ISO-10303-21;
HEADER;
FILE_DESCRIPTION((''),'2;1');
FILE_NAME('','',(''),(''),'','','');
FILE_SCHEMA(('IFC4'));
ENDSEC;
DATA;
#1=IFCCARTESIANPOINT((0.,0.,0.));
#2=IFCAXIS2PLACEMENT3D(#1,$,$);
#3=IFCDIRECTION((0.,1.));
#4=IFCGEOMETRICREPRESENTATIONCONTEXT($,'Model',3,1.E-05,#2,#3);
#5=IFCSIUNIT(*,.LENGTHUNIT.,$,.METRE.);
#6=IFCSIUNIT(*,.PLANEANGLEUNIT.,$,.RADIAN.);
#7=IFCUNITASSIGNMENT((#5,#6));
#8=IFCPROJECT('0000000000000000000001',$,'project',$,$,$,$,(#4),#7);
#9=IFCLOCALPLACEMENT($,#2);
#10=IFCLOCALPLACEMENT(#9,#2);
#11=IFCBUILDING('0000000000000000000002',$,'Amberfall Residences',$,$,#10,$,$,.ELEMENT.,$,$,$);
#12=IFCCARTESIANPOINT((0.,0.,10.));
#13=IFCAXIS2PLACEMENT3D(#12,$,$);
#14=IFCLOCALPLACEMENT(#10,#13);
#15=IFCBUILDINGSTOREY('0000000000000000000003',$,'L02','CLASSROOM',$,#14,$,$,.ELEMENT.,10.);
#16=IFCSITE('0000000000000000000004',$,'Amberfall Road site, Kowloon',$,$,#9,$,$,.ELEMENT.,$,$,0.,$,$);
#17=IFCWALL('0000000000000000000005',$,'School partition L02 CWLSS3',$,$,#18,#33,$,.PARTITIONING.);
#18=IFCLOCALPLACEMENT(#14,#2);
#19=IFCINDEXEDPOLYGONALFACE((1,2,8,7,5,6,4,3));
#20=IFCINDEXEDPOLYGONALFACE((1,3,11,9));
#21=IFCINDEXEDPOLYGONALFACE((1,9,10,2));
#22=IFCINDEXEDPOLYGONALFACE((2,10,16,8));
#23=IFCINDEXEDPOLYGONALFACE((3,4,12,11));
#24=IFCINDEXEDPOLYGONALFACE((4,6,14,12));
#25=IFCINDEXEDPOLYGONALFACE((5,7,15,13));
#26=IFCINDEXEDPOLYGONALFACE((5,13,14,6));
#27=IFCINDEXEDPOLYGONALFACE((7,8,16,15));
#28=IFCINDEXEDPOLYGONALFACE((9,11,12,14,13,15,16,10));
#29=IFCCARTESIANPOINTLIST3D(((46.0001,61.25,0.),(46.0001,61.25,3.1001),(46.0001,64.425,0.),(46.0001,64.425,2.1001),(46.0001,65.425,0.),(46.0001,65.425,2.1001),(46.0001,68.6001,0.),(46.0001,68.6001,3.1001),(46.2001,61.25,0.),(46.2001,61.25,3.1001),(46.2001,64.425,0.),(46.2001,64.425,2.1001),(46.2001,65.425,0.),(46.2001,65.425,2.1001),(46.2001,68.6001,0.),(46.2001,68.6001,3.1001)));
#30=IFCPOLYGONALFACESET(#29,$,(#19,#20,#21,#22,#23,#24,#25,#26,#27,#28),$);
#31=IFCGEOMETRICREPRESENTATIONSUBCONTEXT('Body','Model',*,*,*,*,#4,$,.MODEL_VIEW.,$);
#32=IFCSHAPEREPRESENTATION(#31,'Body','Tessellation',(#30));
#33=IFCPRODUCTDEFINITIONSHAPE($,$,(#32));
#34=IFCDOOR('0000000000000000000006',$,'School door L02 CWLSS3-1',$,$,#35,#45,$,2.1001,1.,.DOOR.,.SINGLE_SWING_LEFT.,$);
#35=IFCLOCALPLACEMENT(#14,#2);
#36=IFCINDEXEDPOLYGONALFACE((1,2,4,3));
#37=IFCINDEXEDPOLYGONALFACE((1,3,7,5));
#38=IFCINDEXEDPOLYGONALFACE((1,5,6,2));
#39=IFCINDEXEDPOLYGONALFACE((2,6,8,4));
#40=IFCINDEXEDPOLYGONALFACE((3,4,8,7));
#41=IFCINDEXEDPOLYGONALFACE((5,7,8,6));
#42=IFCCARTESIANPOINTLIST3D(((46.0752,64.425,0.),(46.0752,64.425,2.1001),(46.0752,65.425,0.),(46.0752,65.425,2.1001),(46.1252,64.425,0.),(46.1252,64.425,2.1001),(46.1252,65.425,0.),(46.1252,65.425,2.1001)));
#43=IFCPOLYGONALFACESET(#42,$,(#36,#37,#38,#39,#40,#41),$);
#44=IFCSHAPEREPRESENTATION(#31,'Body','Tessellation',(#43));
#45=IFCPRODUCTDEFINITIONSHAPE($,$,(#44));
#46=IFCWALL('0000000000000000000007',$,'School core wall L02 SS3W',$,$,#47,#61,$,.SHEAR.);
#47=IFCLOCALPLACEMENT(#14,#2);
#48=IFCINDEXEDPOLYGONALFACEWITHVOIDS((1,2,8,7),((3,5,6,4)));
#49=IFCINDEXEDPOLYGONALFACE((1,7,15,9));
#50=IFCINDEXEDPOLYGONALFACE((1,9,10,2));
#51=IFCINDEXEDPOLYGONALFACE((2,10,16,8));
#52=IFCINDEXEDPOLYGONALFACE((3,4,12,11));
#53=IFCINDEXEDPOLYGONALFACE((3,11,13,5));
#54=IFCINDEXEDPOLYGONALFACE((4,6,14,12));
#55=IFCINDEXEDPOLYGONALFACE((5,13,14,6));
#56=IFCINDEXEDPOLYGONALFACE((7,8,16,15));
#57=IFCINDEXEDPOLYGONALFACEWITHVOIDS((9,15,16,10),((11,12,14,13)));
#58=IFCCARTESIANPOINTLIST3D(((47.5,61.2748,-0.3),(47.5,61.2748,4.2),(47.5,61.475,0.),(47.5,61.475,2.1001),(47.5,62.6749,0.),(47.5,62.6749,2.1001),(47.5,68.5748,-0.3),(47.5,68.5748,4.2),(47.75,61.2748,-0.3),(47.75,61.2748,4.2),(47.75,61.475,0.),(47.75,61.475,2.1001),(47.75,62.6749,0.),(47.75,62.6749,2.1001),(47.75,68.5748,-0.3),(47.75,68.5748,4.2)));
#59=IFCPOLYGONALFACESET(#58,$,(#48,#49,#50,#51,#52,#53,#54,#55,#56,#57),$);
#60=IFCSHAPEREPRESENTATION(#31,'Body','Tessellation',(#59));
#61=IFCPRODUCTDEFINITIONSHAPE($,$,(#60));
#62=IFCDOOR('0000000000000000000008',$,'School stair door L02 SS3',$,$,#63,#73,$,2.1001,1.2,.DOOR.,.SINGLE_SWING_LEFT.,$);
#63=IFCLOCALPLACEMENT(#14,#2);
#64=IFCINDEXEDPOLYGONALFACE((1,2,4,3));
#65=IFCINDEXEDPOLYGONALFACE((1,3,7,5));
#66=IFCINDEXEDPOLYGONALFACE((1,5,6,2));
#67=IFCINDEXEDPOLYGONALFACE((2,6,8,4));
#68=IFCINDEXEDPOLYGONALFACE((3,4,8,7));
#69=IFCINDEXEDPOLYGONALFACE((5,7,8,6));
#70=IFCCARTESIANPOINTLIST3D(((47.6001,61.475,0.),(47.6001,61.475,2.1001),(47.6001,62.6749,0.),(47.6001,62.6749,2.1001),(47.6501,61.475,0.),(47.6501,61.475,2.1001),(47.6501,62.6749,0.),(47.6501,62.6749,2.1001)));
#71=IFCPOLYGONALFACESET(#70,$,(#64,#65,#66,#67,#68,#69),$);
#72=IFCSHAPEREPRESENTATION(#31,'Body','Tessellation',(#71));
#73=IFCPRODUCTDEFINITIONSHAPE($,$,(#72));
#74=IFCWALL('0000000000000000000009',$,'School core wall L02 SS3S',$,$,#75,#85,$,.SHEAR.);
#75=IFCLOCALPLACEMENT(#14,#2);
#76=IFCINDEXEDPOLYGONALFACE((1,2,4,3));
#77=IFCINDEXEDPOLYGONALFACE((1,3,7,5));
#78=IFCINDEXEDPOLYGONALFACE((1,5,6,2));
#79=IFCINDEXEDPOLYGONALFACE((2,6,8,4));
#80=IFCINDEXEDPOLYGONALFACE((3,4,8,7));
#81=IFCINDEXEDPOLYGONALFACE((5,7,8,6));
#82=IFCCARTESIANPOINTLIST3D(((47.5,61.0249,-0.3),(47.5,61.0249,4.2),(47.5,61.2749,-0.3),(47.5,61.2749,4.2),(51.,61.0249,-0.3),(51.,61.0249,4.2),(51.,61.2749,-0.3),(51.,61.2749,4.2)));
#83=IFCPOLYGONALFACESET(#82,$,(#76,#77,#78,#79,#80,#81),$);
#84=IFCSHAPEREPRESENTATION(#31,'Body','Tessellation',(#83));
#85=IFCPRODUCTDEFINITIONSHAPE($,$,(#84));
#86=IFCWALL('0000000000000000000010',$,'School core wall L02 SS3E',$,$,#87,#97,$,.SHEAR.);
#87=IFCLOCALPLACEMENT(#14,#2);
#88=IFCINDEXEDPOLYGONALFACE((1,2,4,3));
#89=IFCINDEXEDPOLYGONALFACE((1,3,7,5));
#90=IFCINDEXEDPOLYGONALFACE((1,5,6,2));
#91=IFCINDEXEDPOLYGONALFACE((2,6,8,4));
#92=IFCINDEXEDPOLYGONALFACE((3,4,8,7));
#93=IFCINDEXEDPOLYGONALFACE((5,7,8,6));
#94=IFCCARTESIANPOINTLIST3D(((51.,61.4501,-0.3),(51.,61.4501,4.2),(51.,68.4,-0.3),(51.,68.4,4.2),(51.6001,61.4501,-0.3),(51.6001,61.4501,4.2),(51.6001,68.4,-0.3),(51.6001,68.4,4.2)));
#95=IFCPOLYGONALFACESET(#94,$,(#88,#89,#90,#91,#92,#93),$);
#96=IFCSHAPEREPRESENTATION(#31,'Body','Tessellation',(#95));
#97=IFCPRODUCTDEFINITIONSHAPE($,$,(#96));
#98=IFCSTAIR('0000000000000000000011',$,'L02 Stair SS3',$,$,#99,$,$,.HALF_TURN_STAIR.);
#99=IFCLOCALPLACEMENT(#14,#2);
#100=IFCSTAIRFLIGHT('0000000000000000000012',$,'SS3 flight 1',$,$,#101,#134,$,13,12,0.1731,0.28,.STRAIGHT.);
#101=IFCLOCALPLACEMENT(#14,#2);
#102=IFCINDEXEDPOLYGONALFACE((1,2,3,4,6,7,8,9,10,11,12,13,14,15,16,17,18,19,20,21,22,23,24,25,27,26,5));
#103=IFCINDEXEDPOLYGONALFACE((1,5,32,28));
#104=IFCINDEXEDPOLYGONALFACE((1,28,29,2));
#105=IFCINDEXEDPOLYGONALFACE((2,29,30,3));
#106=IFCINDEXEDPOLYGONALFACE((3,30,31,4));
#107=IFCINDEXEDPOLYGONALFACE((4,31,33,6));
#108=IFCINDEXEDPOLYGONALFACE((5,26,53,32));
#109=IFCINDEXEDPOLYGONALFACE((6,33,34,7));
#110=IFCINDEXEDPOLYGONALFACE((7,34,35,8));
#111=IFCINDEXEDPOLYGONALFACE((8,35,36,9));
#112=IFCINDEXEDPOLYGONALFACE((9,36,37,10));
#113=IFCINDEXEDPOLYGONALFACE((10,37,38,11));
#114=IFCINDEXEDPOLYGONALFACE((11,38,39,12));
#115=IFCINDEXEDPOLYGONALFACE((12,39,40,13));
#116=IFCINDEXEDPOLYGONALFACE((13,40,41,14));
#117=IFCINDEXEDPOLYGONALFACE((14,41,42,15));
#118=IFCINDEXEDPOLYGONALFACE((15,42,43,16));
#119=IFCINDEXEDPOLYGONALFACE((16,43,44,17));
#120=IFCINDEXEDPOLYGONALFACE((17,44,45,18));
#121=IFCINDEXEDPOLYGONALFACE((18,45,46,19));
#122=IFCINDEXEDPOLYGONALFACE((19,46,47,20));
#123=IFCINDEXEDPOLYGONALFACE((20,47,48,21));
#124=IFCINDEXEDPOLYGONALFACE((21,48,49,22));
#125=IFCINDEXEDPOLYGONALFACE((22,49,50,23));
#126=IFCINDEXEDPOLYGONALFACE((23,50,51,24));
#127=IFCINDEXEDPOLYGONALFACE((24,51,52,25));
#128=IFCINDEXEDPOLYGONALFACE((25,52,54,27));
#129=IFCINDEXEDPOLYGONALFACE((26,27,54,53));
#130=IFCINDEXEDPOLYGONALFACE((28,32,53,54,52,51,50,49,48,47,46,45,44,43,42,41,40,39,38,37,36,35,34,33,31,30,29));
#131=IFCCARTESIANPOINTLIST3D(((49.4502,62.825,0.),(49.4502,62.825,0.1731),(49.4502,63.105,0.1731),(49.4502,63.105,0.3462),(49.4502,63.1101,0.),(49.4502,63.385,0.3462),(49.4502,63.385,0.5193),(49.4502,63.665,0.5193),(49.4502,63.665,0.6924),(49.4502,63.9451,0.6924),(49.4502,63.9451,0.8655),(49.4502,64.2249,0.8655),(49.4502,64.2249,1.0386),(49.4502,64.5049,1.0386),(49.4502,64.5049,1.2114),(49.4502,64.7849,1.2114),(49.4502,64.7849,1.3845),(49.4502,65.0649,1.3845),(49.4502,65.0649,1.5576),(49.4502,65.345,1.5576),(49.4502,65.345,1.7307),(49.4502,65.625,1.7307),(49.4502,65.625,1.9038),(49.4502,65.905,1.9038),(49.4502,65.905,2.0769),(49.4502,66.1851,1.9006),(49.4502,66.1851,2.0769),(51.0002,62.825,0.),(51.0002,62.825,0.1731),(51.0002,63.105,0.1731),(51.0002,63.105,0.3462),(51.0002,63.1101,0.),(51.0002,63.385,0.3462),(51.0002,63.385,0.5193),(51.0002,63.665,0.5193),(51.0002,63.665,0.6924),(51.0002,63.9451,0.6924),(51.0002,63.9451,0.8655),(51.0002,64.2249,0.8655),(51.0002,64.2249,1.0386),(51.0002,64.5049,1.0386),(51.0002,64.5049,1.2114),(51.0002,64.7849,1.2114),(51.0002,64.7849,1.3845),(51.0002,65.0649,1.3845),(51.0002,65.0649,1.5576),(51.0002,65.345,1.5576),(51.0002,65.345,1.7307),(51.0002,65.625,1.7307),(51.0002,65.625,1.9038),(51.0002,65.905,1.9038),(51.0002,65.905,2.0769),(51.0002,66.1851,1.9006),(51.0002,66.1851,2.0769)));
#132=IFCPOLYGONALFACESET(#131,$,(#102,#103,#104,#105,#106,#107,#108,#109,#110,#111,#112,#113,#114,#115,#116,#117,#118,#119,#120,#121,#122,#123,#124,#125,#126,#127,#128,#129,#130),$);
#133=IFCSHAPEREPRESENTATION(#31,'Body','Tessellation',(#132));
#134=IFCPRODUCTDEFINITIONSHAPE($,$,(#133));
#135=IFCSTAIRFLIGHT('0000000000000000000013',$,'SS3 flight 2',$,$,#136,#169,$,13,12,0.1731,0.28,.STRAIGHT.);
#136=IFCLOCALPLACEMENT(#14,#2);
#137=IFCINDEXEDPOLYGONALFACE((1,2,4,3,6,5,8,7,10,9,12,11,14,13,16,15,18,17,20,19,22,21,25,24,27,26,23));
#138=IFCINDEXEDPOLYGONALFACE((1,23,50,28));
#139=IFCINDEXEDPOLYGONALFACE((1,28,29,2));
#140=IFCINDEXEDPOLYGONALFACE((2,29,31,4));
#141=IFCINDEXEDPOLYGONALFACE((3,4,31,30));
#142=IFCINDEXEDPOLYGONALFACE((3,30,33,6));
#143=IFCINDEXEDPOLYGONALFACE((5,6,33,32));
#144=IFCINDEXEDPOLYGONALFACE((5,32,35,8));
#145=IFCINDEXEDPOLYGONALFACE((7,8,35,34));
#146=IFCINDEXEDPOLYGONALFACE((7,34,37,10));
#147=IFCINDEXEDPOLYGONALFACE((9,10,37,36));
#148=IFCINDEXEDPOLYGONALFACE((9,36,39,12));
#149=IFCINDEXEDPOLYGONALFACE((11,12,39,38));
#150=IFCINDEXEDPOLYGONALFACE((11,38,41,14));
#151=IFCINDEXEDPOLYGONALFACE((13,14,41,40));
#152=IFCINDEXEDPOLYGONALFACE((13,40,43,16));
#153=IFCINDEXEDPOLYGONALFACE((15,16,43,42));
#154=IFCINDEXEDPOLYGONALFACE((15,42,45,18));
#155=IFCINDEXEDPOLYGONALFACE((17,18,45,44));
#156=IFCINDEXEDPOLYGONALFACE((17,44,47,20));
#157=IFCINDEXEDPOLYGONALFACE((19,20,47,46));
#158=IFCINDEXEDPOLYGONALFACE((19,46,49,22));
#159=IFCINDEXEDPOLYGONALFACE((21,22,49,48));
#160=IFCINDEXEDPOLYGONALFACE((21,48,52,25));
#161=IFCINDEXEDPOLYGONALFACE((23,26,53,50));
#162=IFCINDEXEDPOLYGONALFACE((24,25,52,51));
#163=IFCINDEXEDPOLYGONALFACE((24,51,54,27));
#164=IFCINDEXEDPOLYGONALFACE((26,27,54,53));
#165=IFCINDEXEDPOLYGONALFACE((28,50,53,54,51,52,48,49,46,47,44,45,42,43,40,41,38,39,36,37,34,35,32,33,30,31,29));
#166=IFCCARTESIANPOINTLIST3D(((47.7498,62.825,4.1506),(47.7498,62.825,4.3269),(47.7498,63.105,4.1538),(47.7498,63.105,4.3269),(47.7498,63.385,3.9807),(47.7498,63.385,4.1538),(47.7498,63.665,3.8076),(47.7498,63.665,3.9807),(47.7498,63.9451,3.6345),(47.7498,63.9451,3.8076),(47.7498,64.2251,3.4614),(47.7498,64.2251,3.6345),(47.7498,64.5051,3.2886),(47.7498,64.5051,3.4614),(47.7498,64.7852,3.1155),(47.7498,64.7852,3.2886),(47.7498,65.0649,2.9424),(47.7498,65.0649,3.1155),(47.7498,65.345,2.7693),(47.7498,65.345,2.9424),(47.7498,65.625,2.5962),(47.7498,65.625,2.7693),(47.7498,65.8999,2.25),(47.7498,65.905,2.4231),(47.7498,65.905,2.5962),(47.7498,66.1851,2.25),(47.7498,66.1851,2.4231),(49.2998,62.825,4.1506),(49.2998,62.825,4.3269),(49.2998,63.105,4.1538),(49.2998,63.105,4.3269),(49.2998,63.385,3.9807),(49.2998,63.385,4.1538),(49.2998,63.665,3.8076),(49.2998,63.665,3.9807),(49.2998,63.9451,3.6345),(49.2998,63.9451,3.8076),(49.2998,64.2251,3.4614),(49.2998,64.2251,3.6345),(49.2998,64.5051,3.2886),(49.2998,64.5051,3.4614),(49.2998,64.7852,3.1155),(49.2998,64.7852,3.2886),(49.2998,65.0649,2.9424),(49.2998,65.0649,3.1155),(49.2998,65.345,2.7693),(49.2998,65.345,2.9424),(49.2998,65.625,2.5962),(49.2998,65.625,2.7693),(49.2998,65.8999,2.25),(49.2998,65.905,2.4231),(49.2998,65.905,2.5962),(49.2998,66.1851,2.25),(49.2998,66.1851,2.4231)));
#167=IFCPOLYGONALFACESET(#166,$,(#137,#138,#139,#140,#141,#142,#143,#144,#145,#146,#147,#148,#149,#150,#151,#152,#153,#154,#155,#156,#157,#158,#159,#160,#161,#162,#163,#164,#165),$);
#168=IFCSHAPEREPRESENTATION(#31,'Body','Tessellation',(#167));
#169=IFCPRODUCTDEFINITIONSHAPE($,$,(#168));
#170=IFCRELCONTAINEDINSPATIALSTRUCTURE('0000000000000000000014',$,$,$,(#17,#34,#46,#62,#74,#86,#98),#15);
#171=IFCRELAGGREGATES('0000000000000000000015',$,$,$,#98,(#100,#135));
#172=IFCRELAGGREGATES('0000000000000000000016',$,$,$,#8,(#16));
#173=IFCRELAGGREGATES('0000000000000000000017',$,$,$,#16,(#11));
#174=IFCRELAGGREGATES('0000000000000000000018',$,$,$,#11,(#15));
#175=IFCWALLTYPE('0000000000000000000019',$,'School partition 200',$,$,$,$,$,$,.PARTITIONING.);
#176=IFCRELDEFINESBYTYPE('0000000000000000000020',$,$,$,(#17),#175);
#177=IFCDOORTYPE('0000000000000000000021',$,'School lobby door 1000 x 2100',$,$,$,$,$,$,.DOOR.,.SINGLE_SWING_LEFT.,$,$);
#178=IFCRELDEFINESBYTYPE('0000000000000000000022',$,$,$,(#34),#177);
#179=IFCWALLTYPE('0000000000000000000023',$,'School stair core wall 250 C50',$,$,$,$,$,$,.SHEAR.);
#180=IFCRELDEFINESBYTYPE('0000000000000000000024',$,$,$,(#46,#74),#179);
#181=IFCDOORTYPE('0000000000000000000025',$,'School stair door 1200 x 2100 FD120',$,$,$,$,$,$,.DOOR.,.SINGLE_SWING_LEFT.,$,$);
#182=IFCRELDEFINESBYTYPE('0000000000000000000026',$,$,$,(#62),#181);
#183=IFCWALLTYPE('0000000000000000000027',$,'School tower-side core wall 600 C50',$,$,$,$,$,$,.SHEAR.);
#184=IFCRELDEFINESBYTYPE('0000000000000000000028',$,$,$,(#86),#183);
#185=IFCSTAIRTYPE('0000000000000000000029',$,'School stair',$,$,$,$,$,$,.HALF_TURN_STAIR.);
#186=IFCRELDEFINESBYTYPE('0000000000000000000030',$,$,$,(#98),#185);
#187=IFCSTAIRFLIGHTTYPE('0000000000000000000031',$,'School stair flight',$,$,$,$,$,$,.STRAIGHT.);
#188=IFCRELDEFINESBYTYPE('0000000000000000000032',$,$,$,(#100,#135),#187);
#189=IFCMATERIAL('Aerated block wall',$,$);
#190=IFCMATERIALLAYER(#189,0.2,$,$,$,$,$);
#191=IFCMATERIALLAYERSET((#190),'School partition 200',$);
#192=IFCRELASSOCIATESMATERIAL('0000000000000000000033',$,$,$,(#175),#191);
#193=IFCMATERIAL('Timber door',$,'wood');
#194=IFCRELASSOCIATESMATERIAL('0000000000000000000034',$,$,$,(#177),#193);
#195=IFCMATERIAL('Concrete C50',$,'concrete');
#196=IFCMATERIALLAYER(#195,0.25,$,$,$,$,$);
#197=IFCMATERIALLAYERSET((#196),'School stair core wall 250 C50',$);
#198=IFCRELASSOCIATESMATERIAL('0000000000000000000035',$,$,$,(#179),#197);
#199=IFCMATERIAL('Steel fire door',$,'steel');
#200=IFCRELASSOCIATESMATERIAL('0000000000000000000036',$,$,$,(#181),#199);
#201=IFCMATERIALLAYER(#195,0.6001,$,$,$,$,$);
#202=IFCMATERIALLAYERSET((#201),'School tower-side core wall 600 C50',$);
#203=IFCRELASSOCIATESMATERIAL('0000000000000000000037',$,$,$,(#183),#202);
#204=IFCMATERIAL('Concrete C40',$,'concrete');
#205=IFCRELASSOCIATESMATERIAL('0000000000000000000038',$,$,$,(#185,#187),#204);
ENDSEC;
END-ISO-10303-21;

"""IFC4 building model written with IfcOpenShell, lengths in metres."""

from ifc_helpers import new_model, si_unit, direction, frame, frame_2d, origin, place, context, subcontext, project, spatial, polyline, rectangle, outline, extrude, material, layer, layer_set, type_object, element, fill, aggregate, save


model = new_model("IFC4")

# Units and contexts
model_context = context("Model", 3, precision=1e-05, world=origin(), true_north=direction((0.0, 1.0)))
body_context = subcontext(model_context, "Body", "Model", "MODEL_VIEW")
ifc_project = project(units=[si_unit("LENGTHUNIT", "METRE"), si_unit("PLANEANGLEUNIT", "RADIAN")], contexts=[model_context])

# Site, building, storey
site_placement = place(None, origin())
site = spatial("IfcSite", under=ifc_project, at=site_placement, Name="Amberfall Road site, Kowloon", CompositionType="ELEMENT", RefElevation=0.0)
building_placement = place(site_placement, origin())
building = spatial("IfcBuilding", under=site, at=building_placement, Name="Amberfall Residences", CompositionType="ELEMENT")
storey_placement = place(building_placement, frame((0.0, 0.0, 10.0)))
storey = spatial("IfcBuildingStorey", under=building, at=storey_placement, Name="L02", Description="CLASSROOM", CompositionType="ELEMENT", Elevation=10.0)

# Shared definitions
ifc_material_1 = material(Name="Concrete C40", Category="concrete")

# Shared definitions
ifc_material_2 = material(Name="Aerated block wall")

# Shared definitions
ifc_layer_1 = layer(ifc_material_2, 0.2)
ifc_layer_set_1 = layer_set([ifc_layer_1], Name="School partition 200")
wall_type_1 = type_object("IfcWallType", Name="School partition 200", PredefinedType="PARTITIONING", material=ifc_layer_set_1)
ifc_material_3 = material(Name="Timber door", Category="wood")

# Walls, openings, doors
wall_1_placement = place(storey_placement, frame((46.1001, 61.25, 0.0), z_axis=(0.0, 0.0, 1.0), x_axis=(0.0, 1.0, 0.0)))
wall_1 = element("IfcWall", 1, at=wall_1_placement, inside=storey, type_object=wall_type_1, Name="School partition L02 CWLSS3", PredefinedType="PARTITIONING", context=body_context, shape_type="SweptSolid", body=[
    extrude(rectangle(XDim=7.3501, YDim=0.2, at=frame_2d((3.675, 0.0))), origin(), (0.0, 0.0, 1.0), 3.1001),
])
opening_1_placement = place(wall_1_placement, frame((3.175, 0.0, 0.0)))
opening_1 = element("IfcOpeningElement", 2, at=opening_1_placement, cuts=wall_1, PredefinedType="OPENING", context=body_context, shape_type="SweptSolid", body=[
    extrude(rectangle(XDim=1.0, YDim=2.1001, at=frame_2d((0.5, 1.05))), frame((0.0, 0.1099, 0.0), z_axis=(0.0, -1.0, 0.0), x_axis=(1.0, 0.0, 0.0)), (0.0, 0.0, 1.0), 0.22),
])
door_type_1 = type_object("IfcDoorType", Name="School lobby door 1000 x 2100", OperationType="SINGLE_SWING_LEFT", PredefinedType="DOOR", material=ifc_material_3)
door_1_placement = place(opening_1_placement, origin())
door_1 = element("IfcDoor", 3, at=door_1_placement, inside=storey, type_object=door_type_1, Name="School door L02 CWLSS3-1", OperationType="SINGLE_SWING_LEFT", OverallHeight=2.1001, OverallWidth=1.0, PredefinedType="DOOR", context=body_context, shape_type="SweptSolid", body=[
    extrude(rectangle(XDim=1.0, YDim=2.1001, at=frame_2d((0.5, 1.05))), frame((0.0, 0.0249, 0.0), z_axis=(0.0, -1.0, 0.0), x_axis=(1.0, 0.0, 0.0)), (0.0, 0.0, 1.0), 0.05),
])
fill(opening_1, door_1)
ifc_material_4 = material(Name="Concrete C50", Category="concrete")
ifc_layer_2 = layer(ifc_material_4, 0.25)
ifc_layer_set_2 = layer_set([ifc_layer_2], Name="School stair core wall 250 C50")
wall_type_2 = type_object("IfcWallType", Name="School stair core wall 250 C50", PredefinedType="SHEAR", material=ifc_layer_set_2)
wall_2_placement = place(storey_placement, frame((47.625, 61.2749, -0.3), z_axis=(0.0, 0.0, 1.0), x_axis=(0.0, 1.0, 0.0)))
wall_2 = element("IfcWall", 4, at=wall_2_placement, inside=storey, type_object=wall_type_2, Name="School core wall L02 SS3W", PredefinedType="SHEAR", context=body_context, shape_type="SweptSolid", body=[
    extrude(rectangle(XDim=7.3, YDim=0.25, at=frame_2d((3.6499, 0.0))), origin(), (0.0, 0.0, 1.0), 4.5),
])
opening_2_placement = place(wall_2_placement, frame((0.2, 0.0, 0.3)))
opening_2 = element("IfcOpeningElement", 5, at=opening_2_placement, cuts=wall_2, PredefinedType="OPENING", context=body_context, shape_type="SweptSolid", body=[
    extrude(rectangle(XDim=1.2, YDim=2.1001, at=frame_2d((0.6001, 1.05))), frame((0.0, 0.135, 0.0), z_axis=(0.0, -1.0, 0.0), x_axis=(1.0, 0.0, 0.0)), (0.0, 0.0, 1.0), 0.27),
])
ifc_material_5 = material(Name="Steel fire door", Category="steel")
door_type_2 = type_object("IfcDoorType", Name="School stair door 1200 x 2100 FD120", OperationType="SINGLE_SWING_LEFT", PredefinedType="DOOR", material=ifc_material_5)
door_2_placement = place(opening_2_placement, origin())
door_2 = element("IfcDoor", 6, at=door_2_placement, inside=storey, type_object=door_type_2, Name="School stair door L02 SS3", OperationType="SINGLE_SWING_LEFT", OverallHeight=2.1001, OverallWidth=1.2, PredefinedType="DOOR", context=body_context, shape_type="SweptSolid", body=[
    extrude(rectangle(XDim=1.2, YDim=2.1001, at=frame_2d((0.6001, 1.05))), frame((0.0, 0.0249, 0.0), z_axis=(0.0, -1.0, 0.0), x_axis=(1.0, 0.0, 0.0)), (0.0, 0.0, 1.0), 0.05),
])
fill(opening_2, door_2)

# Walls
wall_3_placement = place(storey_placement, frame((47.5, 61.1499, -0.3), z_axis=(0.0, 0.0, 1.0), x_axis=(1.0, 0.0, 0.0)))
element("IfcWall", 7, at=wall_3_placement, inside=storey, type_object=wall_type_2, Name="School core wall L02 SS3S", PredefinedType="SHEAR", context=body_context, shape_type="SweptSolid", body=[
    extrude(rectangle(XDim=3.5, YDim=0.25, at=frame_2d((1.75, 0.0))), origin(), (0.0, 0.0, 1.0), 4.5),
])
ifc_layer_3 = layer(ifc_material_4, 0.6001)
ifc_layer_set_3 = layer_set([ifc_layer_3], Name="School tower-side core wall 600 C50")
wall_type_3 = type_object("IfcWallType", Name="School tower-side core wall 600 C50", PredefinedType="SHEAR", material=ifc_layer_set_3)
wall_4_placement = place(storey_placement, frame((51.3, 61.45, -0.3), z_axis=(0.0, 0.0, 1.0), x_axis=(0.0, 1.0, 0.0)))
element("IfcWall", 8, at=wall_4_placement, inside=storey, type_object=wall_type_3, Name="School core wall L02 SS3E", PredefinedType="SHEAR", context=body_context, shape_type="SweptSolid", body=[
    extrude(rectangle(XDim=6.95, YDim=0.6001, at=frame_2d((3.4751, 0.0))), origin(), (0.0, 0.0, 1.0), 4.5),
])

# Stair, stair flights
stair_type = type_object("IfcStairType", Name="School stair", PredefinedType="HALF_TURN_STAIR", material=ifc_material_1)
stair_placement = place(storey_placement, origin())
stair = element("IfcStair", 9, at=stair_placement, inside=storey, type_object=stair_type, Name="L02 Stair SS3", PredefinedType="HALF_TURN_STAIR")
stair_flight_type = type_object("IfcStairFlightType", Name="School stair flight", PredefinedType="STRAIGHT", material=ifc_material_1)
stair_flight_1_placement = place(storey_placement, frame((50.2251, 62.825, 0.0), z_axis=(0.0, 0.0, 1.0), x_axis=(0.0, 1.0, 0.0)))
stair_flight_1 = element("IfcStairFlight", 10, at=stair_flight_1_placement, type_object=stair_flight_type, Name="SS3 flight 1", NumberOfRisers=13, NumberOfTreads=12, PredefinedType="STRAIGHT", RiserHeight=0.1731, TreadLength=0.28, context=body_context, shape_type="SweptSolid", body=[
    extrude(outline(polyline([(0.0, 0.0), (0.0, 0.1731), (0.28, 0.1731), (0.28, 0.3462), (0.5601, 0.3462), (0.5601, 0.5193), (0.8401, 0.5193), (0.8401, 0.6924), (1.1201, 0.6924), (1.1201, 0.8655), (1.3999, 0.8655), (1.3999, 1.0386), (1.6799, 1.0386), (1.6799, 1.2114), (1.96, 1.2114), (1.96, 1.3845), (2.24, 1.3845), (2.24, 1.5576), (2.52, 1.5576), (2.52, 1.7307), (2.8, 1.7307), (2.8, 1.9038), (3.0801, 1.9038), (3.0801, 2.0769), (3.3601, 2.0769), (3.3601, 2.25), (3.3601, 1.9006), (0.2852, 0.0), (0.0, 0.0)])), frame((0.0, 0.7749, 0.0), z_axis=(0.0, -1.0, 0.0), x_axis=(1.0, 0.0, 0.0)), (0.0, 0.0, 1.0), 1.55),
])
stair_flight_2_placement = place(storey_placement, frame((48.5249, 66.1851, 2.25), z_axis=(0.0, 0.0, 1.0), x_axis=(0.0, -1.0, 0.0)))
stair_flight_2 = element("IfcStairFlight", 11, at=stair_flight_2_placement, type_object=stair_flight_type, Name="SS3 flight 2", NumberOfRisers=13, NumberOfTreads=12, PredefinedType="STRAIGHT", RiserHeight=0.1731, TreadLength=0.28, context=body_context, shape_type="SweptSolid", body=[
    extrude(outline(polyline([(0.0, 0.0), (0.0, 0.1731), (0.28, 0.1731), (0.28, 0.3462), (0.5601, 0.3462), (0.5601, 0.5193), (0.8401, 0.5193), (0.8401, 0.6924), (1.1201, 0.6924), (1.1201, 0.8655), (1.3999, 0.8655), (1.3999, 1.0386), (1.6799, 1.0386), (1.6799, 1.2114), (1.96, 1.2114), (1.96, 1.3845), (2.24, 1.3845), (2.24, 1.5576), (2.52, 1.5576), (2.52, 1.7307), (2.8, 1.7307), (2.8, 1.9038), (3.0801, 1.9038), (3.0801, 2.0769), (3.3601, 2.0769), (3.3601, 2.25), (3.3601, 1.9006), (0.2852, 0.0), (0.0, 0.0)])), frame((0.0, 0.7749, 0.0), z_axis=(0.0, -1.0, 0.0), x_axis=(1.0, 0.0, 0.0)), (0.0, 0.0, 1.0), 1.55),
])
aggregate(stair, [stair_flight_1, stair_flight_2])

save(model, "model.ifc")
